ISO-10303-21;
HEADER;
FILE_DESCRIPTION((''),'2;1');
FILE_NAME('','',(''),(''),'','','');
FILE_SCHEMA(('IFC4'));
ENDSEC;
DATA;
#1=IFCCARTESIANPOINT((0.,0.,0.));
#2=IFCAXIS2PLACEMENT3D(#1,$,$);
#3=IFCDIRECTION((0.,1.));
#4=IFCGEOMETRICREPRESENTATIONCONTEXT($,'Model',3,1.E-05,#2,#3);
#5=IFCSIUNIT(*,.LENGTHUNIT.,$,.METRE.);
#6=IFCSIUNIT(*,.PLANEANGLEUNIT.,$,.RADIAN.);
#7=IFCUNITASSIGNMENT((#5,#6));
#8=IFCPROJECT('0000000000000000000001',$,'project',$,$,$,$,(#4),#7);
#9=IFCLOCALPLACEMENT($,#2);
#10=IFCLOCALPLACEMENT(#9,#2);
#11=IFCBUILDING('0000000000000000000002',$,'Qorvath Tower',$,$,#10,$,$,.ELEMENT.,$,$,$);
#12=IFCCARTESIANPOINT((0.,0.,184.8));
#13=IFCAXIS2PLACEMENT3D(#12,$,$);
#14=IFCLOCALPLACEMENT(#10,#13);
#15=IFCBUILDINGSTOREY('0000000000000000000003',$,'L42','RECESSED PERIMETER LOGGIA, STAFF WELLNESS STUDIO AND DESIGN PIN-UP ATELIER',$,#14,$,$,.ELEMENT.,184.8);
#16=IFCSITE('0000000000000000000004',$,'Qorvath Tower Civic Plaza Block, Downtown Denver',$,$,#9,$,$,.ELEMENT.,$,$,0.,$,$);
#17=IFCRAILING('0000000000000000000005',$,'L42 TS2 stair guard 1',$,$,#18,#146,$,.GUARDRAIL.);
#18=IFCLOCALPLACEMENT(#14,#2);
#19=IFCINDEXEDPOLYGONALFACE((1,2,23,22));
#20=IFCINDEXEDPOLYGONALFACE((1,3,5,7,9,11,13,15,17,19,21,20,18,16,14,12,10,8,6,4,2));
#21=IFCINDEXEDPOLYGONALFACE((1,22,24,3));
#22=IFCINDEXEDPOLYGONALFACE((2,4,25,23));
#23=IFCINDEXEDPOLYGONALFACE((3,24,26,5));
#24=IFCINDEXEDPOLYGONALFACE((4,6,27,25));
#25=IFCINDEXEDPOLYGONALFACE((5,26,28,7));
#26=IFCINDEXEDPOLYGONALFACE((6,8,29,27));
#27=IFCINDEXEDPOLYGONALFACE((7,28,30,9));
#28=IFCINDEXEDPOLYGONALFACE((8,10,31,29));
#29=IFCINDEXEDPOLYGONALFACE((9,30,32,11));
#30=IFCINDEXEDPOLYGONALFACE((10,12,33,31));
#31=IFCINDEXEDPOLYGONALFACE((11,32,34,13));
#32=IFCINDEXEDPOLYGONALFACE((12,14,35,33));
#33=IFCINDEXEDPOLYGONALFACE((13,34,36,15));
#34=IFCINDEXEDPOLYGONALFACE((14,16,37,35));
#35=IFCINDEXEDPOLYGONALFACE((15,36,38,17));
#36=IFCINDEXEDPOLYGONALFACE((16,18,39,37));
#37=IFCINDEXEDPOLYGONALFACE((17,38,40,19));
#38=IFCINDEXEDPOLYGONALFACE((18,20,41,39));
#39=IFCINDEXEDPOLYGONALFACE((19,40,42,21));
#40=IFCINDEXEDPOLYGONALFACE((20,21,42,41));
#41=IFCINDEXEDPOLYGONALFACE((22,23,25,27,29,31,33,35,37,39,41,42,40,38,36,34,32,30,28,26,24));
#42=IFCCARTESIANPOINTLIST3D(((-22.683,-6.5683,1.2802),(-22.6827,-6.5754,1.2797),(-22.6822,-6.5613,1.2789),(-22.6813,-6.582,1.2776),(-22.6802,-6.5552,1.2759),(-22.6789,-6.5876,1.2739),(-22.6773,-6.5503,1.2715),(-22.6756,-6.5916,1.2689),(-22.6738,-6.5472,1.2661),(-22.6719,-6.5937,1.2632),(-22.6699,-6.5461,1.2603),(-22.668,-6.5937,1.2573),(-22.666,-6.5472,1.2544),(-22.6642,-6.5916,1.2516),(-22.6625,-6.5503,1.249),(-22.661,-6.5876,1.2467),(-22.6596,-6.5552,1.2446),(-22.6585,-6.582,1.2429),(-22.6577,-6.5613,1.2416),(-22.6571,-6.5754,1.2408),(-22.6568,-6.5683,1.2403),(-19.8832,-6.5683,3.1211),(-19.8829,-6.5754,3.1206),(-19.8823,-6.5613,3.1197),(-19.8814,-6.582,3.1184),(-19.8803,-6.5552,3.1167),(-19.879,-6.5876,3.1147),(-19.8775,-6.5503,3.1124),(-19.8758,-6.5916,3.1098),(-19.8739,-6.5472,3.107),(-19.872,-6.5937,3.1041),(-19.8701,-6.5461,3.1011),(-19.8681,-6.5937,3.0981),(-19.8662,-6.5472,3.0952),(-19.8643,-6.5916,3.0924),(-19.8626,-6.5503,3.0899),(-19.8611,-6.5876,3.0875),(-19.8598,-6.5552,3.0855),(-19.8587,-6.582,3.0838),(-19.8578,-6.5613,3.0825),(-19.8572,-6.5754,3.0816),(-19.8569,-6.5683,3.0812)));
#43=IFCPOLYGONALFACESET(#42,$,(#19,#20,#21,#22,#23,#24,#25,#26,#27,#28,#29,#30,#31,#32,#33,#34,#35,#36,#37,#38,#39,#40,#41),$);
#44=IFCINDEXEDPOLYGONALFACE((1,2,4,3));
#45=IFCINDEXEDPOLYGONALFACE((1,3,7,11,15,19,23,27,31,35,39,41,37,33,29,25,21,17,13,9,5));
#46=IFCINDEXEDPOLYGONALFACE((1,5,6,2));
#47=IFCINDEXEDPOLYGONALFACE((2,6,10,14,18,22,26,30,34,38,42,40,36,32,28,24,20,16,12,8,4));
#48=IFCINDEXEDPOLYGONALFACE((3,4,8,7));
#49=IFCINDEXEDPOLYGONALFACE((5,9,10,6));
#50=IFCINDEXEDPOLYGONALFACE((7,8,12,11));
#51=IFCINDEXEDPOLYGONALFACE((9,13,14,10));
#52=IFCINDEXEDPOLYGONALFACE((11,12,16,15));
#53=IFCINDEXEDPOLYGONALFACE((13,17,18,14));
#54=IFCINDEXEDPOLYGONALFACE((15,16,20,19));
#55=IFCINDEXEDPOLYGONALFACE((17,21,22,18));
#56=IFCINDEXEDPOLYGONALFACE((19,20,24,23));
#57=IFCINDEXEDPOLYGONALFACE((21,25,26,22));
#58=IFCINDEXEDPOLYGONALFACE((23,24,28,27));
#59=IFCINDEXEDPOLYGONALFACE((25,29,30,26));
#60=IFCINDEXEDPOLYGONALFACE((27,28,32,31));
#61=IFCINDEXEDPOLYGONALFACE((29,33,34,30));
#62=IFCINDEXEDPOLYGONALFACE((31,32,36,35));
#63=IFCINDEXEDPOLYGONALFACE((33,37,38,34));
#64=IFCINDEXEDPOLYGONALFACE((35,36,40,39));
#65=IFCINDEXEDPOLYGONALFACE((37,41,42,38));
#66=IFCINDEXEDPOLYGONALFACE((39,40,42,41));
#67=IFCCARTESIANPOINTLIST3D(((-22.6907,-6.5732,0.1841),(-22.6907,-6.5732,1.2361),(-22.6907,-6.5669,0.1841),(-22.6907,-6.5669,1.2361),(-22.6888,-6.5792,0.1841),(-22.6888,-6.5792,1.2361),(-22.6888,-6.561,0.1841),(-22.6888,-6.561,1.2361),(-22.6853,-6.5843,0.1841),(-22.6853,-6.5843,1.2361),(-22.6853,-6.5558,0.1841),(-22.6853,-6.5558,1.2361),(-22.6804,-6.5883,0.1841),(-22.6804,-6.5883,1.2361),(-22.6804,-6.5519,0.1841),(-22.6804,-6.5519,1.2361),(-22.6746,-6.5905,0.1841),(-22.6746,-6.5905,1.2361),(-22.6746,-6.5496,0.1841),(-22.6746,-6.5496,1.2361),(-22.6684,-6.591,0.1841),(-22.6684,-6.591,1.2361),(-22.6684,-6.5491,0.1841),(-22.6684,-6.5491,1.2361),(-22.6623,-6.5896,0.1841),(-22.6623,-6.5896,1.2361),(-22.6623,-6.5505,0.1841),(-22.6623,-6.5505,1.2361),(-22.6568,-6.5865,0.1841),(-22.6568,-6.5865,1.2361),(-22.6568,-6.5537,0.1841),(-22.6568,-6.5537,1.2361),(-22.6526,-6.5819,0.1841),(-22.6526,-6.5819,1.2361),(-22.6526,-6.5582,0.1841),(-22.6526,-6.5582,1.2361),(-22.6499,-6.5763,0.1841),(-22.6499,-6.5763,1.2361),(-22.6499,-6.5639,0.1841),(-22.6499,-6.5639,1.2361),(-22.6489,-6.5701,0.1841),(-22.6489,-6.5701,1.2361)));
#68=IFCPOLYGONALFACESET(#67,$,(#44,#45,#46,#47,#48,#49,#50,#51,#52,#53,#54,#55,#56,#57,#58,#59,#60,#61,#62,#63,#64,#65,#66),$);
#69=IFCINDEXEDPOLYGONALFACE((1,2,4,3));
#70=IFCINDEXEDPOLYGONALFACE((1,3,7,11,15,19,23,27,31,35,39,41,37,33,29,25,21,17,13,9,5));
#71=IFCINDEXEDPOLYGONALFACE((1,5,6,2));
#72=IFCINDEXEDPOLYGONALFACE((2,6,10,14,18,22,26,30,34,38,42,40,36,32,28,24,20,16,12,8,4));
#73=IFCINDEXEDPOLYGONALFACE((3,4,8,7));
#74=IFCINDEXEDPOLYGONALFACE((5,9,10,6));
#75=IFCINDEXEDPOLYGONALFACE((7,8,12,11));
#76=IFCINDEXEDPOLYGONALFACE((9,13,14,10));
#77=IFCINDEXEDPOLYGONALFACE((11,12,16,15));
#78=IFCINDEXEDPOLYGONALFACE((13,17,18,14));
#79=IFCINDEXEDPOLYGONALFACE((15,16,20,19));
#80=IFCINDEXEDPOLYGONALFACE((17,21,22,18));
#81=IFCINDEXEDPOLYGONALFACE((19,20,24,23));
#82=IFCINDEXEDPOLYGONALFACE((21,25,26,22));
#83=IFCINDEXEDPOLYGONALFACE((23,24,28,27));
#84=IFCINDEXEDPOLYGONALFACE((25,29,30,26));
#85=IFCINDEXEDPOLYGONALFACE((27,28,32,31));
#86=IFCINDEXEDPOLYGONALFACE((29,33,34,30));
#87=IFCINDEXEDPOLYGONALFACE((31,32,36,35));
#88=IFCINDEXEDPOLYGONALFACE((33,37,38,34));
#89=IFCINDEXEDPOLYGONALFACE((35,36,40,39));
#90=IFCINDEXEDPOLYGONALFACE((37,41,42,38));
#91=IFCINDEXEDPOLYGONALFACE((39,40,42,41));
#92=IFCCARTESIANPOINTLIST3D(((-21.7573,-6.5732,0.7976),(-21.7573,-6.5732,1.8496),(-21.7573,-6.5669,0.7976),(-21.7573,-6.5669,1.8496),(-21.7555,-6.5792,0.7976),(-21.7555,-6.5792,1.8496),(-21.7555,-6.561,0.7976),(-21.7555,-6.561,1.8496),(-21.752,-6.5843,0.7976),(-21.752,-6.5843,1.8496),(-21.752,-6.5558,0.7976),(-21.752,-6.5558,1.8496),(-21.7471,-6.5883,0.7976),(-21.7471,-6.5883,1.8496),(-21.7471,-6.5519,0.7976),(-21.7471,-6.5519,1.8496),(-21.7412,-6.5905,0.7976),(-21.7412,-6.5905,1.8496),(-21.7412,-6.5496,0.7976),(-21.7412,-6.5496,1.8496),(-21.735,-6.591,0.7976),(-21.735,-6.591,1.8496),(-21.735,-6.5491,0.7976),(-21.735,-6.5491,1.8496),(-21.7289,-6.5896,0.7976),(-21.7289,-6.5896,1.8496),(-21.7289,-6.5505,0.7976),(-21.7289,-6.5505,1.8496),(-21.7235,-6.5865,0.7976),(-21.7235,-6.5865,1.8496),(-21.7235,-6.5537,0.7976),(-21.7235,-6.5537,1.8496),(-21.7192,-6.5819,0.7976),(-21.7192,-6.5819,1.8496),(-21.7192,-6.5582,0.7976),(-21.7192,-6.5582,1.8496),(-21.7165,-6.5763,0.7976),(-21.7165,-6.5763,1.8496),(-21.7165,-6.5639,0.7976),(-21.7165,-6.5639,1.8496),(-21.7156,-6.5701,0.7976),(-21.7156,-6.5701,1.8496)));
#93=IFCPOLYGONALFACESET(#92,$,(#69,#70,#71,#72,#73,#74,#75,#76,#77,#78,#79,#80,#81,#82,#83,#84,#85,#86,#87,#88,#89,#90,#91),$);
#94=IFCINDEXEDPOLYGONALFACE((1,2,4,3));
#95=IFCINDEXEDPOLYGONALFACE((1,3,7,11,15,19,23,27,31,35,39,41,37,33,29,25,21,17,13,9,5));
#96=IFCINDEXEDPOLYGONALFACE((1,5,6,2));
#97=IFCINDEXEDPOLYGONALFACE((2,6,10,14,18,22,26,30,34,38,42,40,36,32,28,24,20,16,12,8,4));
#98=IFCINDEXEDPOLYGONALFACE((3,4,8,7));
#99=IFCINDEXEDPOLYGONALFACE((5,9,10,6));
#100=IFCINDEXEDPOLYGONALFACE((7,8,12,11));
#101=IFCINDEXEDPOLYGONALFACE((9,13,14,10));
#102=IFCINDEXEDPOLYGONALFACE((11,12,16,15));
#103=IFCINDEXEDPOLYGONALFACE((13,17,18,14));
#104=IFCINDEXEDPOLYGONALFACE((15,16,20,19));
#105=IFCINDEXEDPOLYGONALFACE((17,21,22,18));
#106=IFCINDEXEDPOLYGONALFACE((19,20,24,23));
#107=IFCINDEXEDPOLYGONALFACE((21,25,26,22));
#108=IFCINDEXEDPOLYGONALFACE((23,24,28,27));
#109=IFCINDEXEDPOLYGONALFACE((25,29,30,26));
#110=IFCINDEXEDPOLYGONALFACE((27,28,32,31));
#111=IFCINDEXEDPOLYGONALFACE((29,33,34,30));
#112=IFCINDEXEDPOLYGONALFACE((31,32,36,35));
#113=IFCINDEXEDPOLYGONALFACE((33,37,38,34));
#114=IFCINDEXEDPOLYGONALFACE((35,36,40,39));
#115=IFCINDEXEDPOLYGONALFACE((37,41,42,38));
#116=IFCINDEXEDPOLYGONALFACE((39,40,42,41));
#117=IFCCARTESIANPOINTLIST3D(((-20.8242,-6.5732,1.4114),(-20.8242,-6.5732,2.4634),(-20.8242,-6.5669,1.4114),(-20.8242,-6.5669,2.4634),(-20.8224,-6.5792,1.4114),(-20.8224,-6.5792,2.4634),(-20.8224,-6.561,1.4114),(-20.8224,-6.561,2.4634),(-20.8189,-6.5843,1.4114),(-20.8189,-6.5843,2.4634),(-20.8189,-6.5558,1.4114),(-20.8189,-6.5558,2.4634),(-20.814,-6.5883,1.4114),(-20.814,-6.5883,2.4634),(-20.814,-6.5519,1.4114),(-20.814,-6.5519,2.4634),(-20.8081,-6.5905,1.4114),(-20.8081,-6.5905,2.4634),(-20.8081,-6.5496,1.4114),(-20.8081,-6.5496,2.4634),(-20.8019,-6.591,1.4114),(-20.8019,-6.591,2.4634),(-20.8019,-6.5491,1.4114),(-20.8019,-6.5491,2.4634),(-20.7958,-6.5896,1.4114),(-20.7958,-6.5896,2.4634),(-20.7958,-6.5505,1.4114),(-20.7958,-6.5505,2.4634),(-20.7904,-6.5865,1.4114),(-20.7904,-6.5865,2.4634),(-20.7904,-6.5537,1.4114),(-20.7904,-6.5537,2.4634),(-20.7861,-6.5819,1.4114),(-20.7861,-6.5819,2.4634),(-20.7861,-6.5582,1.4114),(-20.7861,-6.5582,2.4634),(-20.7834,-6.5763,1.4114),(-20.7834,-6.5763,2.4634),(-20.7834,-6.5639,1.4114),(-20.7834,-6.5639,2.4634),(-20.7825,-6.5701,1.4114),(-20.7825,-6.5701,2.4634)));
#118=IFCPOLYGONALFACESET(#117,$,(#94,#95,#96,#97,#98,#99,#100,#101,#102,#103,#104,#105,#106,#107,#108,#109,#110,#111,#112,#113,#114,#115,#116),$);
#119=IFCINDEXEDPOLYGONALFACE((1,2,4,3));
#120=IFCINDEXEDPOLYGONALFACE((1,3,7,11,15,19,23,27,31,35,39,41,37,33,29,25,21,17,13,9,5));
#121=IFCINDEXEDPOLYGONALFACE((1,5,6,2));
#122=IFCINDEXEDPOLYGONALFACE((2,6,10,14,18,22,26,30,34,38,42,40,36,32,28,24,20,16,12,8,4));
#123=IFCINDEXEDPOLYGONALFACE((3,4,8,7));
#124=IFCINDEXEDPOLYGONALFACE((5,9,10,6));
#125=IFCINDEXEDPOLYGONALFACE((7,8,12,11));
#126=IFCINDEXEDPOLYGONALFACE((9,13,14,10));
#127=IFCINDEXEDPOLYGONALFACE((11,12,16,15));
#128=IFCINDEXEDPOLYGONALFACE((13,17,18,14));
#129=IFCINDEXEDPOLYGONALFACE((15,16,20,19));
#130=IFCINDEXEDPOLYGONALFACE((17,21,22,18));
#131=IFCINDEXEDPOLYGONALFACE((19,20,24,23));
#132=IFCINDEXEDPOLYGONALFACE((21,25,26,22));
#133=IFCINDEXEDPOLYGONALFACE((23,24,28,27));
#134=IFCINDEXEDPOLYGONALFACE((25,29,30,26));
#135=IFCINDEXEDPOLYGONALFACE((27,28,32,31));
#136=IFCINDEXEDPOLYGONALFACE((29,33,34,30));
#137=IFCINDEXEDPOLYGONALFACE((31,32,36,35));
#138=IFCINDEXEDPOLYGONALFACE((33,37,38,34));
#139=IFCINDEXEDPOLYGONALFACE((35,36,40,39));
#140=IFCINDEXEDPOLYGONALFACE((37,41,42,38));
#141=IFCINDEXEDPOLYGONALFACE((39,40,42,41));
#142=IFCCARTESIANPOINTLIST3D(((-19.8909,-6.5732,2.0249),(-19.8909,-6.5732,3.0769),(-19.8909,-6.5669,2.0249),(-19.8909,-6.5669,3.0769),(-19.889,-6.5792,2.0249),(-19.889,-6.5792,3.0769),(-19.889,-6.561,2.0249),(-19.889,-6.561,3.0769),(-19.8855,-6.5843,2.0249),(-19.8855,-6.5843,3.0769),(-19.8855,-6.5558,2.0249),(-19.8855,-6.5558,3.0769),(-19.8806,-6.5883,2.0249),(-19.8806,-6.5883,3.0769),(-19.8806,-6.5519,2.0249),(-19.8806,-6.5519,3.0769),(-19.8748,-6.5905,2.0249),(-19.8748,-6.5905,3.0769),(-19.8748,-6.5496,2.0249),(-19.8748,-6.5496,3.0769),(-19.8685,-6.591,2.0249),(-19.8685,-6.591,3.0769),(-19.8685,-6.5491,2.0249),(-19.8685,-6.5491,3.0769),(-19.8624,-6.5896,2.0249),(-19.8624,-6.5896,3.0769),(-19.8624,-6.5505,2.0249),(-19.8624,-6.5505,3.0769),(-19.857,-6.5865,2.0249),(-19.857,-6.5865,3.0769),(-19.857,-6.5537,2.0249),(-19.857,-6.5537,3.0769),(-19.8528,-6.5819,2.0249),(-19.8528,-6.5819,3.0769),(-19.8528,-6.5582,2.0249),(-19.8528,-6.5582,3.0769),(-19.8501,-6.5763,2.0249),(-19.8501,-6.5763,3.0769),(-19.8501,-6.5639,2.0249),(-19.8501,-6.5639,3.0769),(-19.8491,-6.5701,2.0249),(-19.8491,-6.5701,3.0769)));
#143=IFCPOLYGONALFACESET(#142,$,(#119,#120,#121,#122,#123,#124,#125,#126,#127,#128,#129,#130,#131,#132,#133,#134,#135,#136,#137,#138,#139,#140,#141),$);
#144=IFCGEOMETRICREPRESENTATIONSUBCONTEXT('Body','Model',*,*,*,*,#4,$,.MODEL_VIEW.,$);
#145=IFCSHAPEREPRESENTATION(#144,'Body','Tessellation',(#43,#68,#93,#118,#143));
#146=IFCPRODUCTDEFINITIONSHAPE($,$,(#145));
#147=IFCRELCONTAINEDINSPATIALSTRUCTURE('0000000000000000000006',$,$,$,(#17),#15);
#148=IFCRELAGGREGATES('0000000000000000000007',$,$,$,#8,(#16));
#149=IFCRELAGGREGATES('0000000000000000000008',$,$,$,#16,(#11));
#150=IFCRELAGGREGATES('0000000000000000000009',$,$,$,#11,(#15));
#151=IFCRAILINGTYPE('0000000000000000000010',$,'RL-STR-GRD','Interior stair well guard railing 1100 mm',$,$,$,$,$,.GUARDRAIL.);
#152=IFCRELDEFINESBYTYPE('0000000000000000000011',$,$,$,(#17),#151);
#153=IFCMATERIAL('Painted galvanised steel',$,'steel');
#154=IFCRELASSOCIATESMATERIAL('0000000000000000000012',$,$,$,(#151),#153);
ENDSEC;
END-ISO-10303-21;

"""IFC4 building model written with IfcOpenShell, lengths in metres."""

from ifc_helpers import new_model, si_unit, direction, frame, origin, origin_2d, place, context, subcontext, project, spatial, circle, extrude, material, type_object, element, save


model = new_model("IFC4")

# Units and contexts
model_context = context("Model", 3, precision=1e-05, world=origin(), true_north=direction((0.0, 1.0)))
body_context = subcontext(model_context, "Body", "Model", "MODEL_VIEW")
ifc_project = project(units=[si_unit("LENGTHUNIT", "METRE"), si_unit("PLANEANGLEUNIT", "RADIAN")], contexts=[model_context])

# Site, building, storey
site_placement = place(None, origin())
site = spatial("IfcSite", under=ifc_project, at=site_placement, Name="Qorvath Tower Civic Plaza Block, Downtown Denver", CompositionType="ELEMENT", RefElevation=0.0)
building_placement = place(site_placement, origin())
building = spatial("IfcBuilding", under=site, at=building_placement, Name="Qorvath Tower", CompositionType="ELEMENT")
storey_placement = place(building_placement, frame((0.0, 0.0, 184.8)))
storey = spatial("IfcBuildingStorey", under=building, at=storey_placement, Name="L42", Description="RECESSED PERIMETER LOGGIA, STAFF WELLNESS STUDIO AND DESIGN PIN-UP ATELIER", CompositionType="ELEMENT", Elevation=184.8)

# Railing
ifc_material_1 = material(Name="Painted galvanised steel", Category="steel")
railing_type_1 = type_object("IfcRailingType", Name="RL-STR-GRD", Description="Interior stair well guard railing 1100 mm", PredefinedType="GUARDRAIL", material=ifc_material_1)
railing_1_placement = place(storey_placement, frame((-22.6699, -6.5701, 0.1841)))
element("IfcRailing", 1, at=railing_1_placement, inside=storey, type_object=railing_type_1, Name="L42 TS2 stair guard 1", PredefinedType="GUARDRAIL", context=body_context, shape_type="SweptSolid", body=[
    extrude(circle(Radius=0.0239, at=origin_2d()), frame((0.0, 0.0, 1.0762), z_axis=(0.835576, 0.0, 0.549376), x_axis=(0.0, 1.0, 0.0)), (0.0, 0.0, 1.0), 3.3508),
    extrude(circle(Radius=0.021, at=origin_2d()), origin(), (0.0, 0.0, 1.0), 1.052),
    extrude(circle(Radius=0.021, at=origin_2d()), frame((0.9333, 0.0, 0.6135)), (0.0, 0.0, 1.0), 1.052),
    extrude(circle(Radius=0.021, at=origin_2d()), frame((1.8665, 0.0, 1.2273)), (0.0, 0.0, 1.0), 1.052),
    extrude(circle(Radius=0.021, at=origin_2d()), frame((2.7998, 0.0, 1.8408)), (0.0, 0.0, 1.0), 1.052),
])

save(model, "model.ifc")
